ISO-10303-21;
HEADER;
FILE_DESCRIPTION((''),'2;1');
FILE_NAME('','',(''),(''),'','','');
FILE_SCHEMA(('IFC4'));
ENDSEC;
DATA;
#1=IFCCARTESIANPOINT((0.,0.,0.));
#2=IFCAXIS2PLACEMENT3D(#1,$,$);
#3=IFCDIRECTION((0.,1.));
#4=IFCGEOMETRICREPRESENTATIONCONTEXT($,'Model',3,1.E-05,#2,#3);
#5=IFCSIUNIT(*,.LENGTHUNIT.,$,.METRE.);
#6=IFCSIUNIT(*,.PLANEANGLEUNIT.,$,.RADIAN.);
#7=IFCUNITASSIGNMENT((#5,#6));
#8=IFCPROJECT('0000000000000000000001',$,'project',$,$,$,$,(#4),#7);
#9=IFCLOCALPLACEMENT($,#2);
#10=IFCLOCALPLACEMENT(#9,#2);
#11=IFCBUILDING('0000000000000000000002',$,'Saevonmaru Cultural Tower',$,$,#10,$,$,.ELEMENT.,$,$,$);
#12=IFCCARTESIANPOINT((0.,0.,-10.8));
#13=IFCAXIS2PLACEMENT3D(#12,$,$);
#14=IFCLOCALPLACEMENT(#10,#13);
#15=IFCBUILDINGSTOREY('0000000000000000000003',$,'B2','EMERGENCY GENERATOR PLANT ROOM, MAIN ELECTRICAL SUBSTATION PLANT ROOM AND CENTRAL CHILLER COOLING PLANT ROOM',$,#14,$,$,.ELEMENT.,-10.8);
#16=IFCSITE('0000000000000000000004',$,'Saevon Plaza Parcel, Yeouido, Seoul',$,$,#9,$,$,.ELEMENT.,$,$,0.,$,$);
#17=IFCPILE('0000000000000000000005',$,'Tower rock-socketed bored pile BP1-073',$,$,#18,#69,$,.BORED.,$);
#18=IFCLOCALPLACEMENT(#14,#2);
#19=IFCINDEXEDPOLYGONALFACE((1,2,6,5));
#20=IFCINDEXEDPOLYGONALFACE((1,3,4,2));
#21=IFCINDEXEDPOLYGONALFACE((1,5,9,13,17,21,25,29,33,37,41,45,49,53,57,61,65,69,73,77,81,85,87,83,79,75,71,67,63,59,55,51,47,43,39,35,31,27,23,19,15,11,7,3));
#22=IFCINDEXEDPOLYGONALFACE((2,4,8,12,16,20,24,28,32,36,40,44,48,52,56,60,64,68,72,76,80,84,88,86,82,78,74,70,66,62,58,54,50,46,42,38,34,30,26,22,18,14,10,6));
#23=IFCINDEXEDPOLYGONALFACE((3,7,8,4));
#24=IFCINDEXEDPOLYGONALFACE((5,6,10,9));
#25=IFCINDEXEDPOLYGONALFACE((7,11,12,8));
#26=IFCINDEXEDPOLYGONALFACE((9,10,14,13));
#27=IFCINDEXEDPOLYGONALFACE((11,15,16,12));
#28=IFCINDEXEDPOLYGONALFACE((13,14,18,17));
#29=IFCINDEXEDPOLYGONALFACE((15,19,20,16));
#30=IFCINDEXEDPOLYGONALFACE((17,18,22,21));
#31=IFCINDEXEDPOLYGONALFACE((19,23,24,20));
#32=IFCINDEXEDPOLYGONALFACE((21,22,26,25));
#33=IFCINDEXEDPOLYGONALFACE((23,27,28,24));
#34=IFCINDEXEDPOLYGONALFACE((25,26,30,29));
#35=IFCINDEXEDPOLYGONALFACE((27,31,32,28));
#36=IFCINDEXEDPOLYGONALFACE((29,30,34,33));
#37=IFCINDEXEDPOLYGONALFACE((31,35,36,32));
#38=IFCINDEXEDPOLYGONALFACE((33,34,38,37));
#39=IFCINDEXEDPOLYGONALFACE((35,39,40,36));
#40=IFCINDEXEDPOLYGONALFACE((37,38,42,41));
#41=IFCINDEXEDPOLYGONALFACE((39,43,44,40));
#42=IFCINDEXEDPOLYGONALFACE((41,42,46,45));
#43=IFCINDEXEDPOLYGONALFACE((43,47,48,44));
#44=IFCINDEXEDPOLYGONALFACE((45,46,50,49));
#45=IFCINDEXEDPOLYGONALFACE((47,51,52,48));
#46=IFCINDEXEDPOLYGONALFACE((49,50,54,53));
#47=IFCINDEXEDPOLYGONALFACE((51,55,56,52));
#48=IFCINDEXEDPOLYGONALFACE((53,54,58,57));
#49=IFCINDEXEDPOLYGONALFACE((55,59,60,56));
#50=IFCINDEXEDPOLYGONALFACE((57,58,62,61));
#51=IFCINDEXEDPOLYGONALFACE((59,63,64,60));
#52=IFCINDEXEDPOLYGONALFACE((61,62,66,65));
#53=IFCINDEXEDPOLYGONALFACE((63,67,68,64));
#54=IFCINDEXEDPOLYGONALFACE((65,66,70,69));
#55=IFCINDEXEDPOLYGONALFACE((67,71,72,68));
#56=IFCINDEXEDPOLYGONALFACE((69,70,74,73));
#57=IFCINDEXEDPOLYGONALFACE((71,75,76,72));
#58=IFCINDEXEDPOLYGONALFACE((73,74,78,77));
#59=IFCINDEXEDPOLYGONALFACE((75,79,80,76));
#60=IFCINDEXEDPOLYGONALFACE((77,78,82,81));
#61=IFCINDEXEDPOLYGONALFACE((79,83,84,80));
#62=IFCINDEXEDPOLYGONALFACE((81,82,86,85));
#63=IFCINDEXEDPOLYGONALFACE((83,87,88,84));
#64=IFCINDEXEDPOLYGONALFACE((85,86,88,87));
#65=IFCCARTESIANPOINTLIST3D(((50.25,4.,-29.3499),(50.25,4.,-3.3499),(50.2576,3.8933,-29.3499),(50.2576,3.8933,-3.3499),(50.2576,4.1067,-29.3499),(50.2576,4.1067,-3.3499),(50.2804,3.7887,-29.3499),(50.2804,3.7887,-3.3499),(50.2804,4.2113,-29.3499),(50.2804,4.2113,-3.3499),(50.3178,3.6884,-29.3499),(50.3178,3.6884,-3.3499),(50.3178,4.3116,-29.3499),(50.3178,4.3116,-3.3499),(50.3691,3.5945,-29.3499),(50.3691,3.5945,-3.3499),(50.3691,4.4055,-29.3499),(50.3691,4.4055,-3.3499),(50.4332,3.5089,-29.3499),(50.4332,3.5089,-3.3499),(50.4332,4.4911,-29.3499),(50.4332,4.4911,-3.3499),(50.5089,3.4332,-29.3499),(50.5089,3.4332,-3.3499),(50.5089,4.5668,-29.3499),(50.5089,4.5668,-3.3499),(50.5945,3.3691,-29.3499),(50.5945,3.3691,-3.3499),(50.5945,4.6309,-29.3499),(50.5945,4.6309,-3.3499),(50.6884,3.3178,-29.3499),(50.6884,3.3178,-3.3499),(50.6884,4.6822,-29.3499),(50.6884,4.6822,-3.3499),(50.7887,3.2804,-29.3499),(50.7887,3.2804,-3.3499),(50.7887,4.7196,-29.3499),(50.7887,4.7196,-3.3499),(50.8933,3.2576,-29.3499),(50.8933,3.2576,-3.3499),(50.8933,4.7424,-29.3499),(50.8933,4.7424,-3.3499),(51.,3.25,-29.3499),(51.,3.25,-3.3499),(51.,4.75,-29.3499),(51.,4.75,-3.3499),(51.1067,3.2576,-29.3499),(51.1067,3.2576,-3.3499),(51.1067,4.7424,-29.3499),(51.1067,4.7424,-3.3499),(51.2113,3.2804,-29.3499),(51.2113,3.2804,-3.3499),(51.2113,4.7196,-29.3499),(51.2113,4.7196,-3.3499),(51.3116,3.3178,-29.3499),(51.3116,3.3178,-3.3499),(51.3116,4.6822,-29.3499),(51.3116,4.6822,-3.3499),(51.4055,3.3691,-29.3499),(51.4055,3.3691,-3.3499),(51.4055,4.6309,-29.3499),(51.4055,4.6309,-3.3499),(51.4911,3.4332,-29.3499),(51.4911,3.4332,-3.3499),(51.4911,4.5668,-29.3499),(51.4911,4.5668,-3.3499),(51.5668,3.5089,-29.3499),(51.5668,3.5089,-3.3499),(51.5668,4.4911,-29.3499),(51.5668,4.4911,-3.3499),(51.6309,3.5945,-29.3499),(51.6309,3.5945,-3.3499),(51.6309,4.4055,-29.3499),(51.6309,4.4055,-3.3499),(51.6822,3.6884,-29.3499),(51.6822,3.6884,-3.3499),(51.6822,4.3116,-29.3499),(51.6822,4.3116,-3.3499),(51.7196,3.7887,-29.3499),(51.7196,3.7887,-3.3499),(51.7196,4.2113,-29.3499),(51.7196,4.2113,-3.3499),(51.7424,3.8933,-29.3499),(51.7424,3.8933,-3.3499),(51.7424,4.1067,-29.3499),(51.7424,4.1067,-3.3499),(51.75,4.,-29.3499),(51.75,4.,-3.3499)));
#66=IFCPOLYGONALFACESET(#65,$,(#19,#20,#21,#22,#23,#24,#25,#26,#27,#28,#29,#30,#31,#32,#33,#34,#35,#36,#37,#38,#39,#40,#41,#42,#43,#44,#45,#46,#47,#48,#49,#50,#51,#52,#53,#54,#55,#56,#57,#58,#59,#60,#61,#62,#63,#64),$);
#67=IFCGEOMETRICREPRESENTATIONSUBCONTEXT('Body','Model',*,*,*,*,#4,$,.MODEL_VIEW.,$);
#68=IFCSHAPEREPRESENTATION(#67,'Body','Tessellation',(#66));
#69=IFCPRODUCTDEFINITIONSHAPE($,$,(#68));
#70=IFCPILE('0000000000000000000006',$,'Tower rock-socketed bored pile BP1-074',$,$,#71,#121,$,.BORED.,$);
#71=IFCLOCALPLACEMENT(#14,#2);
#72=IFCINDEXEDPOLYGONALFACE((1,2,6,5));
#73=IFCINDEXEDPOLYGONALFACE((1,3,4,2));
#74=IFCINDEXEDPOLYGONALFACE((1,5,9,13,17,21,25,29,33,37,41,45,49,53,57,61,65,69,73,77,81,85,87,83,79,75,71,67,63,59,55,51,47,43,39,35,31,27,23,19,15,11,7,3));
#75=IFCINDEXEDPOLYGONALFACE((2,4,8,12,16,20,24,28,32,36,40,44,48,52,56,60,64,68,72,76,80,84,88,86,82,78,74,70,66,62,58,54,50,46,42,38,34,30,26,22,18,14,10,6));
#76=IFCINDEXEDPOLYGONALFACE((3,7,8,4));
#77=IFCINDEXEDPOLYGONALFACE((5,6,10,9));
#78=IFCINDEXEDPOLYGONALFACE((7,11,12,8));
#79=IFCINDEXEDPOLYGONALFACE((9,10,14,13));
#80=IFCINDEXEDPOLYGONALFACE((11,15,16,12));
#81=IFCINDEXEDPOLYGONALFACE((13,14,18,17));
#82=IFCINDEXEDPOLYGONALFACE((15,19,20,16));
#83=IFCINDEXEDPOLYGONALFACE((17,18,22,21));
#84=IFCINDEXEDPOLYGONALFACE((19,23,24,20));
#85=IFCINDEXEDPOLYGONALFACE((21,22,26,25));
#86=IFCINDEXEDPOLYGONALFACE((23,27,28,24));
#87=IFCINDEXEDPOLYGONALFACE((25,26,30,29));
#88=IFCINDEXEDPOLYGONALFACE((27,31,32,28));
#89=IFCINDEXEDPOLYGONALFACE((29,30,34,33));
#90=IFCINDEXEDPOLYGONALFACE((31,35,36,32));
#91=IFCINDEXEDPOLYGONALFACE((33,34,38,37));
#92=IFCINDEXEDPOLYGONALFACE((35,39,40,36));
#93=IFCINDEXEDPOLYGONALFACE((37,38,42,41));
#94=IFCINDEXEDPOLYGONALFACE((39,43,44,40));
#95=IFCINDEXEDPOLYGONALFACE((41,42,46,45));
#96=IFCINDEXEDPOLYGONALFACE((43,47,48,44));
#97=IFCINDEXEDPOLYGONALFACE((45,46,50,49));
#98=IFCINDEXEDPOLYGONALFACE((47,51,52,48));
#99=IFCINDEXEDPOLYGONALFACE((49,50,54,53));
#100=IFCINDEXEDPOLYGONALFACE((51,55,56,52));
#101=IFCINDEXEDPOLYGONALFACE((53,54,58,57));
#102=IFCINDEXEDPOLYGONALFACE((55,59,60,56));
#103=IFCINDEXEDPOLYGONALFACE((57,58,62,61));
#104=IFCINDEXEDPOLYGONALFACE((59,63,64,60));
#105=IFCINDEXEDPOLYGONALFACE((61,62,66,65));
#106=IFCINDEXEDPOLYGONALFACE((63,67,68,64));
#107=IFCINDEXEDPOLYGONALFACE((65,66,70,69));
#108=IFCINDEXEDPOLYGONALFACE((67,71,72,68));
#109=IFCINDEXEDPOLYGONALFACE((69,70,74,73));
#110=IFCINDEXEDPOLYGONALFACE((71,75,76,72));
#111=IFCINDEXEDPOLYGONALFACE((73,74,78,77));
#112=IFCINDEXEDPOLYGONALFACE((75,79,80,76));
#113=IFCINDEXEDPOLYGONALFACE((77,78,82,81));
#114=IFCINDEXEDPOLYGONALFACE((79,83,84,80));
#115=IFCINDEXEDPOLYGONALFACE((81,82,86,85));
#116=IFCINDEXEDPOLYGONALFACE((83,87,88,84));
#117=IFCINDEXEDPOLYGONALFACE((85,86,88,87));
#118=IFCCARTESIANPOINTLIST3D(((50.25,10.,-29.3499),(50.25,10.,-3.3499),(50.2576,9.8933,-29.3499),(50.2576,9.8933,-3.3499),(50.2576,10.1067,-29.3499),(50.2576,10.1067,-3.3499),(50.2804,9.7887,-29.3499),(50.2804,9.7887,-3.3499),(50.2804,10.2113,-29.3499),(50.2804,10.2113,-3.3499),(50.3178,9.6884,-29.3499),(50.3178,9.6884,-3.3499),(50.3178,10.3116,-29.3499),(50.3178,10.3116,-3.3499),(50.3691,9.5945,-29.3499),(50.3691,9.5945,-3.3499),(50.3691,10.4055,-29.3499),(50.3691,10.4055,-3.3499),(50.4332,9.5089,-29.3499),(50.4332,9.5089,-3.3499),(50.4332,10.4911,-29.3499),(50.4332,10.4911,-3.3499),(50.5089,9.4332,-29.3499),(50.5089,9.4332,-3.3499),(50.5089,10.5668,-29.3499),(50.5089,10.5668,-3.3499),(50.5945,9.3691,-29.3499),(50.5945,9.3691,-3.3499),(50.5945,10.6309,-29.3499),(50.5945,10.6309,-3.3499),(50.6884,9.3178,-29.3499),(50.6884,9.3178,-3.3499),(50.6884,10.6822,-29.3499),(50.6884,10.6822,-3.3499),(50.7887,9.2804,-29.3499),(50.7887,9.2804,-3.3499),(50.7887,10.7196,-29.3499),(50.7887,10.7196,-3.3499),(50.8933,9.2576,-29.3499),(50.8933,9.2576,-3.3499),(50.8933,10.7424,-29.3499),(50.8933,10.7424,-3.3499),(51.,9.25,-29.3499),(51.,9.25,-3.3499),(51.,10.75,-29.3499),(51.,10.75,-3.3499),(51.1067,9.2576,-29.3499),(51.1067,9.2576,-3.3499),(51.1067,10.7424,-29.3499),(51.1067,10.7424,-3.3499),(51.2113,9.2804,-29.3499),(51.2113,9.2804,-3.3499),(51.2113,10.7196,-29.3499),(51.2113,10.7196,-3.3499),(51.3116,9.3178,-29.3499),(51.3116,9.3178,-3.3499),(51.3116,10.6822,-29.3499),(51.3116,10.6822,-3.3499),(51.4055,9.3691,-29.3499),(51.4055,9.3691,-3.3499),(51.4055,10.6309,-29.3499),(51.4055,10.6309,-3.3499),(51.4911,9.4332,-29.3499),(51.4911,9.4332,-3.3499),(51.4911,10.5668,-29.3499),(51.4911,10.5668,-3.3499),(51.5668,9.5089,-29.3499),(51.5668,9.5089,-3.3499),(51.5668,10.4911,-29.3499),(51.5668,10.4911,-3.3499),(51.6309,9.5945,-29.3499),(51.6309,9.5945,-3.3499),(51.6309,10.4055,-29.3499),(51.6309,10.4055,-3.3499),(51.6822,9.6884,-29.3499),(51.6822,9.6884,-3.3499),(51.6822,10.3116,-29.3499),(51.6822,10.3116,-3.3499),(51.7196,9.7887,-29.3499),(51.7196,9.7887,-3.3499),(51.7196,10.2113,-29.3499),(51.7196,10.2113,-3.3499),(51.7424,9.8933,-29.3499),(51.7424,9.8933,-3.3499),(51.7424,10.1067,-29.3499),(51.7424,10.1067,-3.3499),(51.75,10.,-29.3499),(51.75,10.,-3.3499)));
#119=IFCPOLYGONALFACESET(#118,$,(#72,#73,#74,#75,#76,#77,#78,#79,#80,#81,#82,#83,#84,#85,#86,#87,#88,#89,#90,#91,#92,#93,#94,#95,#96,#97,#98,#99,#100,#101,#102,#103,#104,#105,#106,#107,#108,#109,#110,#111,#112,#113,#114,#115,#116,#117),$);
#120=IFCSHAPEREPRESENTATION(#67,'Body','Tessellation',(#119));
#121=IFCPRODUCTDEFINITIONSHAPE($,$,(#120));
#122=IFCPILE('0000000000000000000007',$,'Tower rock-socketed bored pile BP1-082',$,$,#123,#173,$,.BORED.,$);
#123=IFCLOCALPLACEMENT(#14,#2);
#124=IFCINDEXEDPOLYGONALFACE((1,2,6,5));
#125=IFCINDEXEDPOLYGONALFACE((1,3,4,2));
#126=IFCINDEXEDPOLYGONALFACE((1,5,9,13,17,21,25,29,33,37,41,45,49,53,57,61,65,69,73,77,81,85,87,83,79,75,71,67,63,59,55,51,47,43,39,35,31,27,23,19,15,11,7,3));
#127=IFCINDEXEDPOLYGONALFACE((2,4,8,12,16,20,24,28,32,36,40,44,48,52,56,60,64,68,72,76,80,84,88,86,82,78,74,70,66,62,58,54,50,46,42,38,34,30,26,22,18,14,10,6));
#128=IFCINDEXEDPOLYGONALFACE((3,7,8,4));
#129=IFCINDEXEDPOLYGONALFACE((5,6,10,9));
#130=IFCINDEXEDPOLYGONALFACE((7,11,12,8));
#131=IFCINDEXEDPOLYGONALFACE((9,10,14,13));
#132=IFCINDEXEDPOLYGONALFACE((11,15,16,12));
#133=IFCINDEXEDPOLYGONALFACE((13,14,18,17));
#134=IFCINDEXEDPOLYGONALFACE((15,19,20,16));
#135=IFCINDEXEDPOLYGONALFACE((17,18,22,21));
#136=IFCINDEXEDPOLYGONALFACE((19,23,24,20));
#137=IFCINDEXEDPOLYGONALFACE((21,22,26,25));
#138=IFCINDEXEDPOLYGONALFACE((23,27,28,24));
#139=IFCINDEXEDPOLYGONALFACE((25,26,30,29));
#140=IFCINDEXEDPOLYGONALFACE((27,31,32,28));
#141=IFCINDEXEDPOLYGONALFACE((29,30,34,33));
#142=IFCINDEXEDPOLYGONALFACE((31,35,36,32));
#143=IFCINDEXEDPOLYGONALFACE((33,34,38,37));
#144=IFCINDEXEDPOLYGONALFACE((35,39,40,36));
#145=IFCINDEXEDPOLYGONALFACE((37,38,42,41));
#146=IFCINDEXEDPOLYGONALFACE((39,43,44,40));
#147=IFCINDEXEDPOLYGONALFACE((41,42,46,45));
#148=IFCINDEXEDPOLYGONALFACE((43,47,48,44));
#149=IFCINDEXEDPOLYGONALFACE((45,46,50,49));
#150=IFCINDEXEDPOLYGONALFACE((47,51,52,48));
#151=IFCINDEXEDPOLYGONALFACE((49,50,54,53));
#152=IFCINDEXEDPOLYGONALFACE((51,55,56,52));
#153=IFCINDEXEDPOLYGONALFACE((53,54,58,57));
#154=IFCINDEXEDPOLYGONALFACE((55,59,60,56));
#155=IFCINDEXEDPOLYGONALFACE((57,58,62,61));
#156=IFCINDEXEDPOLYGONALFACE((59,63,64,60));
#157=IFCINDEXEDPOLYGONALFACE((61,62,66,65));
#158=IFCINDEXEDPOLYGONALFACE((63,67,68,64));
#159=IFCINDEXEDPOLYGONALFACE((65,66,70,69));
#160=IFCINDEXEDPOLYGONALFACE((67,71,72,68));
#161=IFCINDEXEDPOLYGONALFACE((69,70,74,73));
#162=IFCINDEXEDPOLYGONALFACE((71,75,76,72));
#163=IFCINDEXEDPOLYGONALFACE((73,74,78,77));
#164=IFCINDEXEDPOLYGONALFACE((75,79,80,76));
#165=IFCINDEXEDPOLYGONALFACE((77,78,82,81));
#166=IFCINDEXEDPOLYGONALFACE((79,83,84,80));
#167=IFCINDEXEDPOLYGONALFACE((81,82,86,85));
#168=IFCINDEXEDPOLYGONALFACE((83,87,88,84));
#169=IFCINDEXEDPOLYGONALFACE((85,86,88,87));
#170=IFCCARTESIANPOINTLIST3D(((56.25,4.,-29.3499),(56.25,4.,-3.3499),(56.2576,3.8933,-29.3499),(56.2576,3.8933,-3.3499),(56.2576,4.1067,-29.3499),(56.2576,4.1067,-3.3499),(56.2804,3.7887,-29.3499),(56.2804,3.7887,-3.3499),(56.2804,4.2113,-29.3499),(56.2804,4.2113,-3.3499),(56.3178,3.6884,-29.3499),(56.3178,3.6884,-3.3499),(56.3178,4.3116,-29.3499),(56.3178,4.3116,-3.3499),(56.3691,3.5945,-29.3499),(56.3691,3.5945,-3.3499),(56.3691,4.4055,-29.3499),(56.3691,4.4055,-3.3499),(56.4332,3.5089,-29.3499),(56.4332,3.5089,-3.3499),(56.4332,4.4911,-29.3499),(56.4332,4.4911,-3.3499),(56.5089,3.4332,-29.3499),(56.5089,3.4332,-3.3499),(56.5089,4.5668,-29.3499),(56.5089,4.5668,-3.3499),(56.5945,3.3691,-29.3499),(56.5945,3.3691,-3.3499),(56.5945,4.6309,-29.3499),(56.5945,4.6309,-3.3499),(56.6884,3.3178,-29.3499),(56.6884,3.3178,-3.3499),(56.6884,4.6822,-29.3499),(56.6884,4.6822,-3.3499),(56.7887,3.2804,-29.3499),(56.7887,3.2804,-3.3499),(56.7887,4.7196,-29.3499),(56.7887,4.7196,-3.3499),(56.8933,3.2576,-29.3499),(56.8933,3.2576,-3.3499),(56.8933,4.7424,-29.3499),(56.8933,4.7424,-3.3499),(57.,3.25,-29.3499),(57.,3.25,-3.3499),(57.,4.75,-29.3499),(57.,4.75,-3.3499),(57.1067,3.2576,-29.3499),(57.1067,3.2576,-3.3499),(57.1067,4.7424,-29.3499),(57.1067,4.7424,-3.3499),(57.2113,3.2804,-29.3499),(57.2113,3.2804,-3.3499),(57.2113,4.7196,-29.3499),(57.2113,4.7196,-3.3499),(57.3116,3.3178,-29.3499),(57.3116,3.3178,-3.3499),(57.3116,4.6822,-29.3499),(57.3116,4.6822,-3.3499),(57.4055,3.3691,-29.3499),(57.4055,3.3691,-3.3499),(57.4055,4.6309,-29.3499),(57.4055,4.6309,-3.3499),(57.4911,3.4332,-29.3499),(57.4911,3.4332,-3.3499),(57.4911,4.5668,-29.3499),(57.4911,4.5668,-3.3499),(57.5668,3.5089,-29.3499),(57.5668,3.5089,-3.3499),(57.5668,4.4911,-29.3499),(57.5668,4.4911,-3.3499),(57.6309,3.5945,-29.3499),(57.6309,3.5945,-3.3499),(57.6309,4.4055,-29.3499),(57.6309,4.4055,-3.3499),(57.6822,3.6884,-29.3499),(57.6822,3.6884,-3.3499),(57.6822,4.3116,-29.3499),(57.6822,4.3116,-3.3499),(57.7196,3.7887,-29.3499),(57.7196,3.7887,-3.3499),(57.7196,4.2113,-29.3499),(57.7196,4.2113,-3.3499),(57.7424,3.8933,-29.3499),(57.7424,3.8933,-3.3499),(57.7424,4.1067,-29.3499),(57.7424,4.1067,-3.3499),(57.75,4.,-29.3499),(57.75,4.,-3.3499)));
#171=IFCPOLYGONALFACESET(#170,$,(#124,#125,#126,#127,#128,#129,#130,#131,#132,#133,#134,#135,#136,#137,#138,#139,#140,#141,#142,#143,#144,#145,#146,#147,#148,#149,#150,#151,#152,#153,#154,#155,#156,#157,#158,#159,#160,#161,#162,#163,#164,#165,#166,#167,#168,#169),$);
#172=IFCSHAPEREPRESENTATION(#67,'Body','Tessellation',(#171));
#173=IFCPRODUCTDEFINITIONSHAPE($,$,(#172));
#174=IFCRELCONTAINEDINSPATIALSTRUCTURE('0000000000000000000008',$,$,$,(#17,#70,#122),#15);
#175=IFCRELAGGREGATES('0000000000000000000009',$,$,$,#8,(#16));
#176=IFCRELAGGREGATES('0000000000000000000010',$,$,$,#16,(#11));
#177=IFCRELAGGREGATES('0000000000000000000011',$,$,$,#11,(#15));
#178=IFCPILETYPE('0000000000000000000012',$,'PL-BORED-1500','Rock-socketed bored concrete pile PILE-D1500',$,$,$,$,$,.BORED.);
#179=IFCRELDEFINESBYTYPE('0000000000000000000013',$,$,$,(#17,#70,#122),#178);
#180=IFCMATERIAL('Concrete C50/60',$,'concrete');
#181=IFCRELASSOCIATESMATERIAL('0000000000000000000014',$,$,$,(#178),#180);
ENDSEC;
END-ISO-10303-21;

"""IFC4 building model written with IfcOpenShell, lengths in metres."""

from ifc_helpers import new_model, si_unit, direction, frame, origin, origin_2d, place, context, subcontext, project, spatial, circle, extrude, material, material_profile, profile_set, type_object, element, save


model = new_model("IFC4")

# Units and contexts
model_context = context("Model", 3, precision=1e-05, world=origin(), true_north=direction((0.0, 1.0)))
body_context = subcontext(model_context, "Body", "Model", "MODEL_VIEW")
ifc_project = project(units=[si_unit("LENGTHUNIT", "METRE"), si_unit("PLANEANGLEUNIT", "RADIAN")], contexts=[model_context])

# Site, building, storey
site_placement = place(None, origin())
site = spatial("IfcSite", under=ifc_project, at=site_placement, Name="Saevon Plaza Parcel, Yeouido, Seoul", CompositionType="ELEMENT", RefElevation=0.0)
building_placement = place(site_placement, origin())
building = spatial("IfcBuilding", under=site, at=building_placement, Name="Saevonmaru Cultural Tower", CompositionType="ELEMENT")
storey_placement = place(building_placement, frame((0.0, 0.0, -10.8)))
storey = spatial("IfcBuildingStorey", under=building, at=storey_placement, Name="B2", Description="EMERGENCY GENERATOR PLANT ROOM, MAIN ELECTRICAL SUBSTATION PLANT ROOM AND CENTRAL CHILLER COOLING PLANT ROOM", CompositionType="ELEMENT", Elevation=-10.8)

# Piles
ifc_material_1 = material(Name="Concrete C50/60", Category="concrete")
ifc_material_profile_1 = material_profile(ifc_material_1, circle(Radius=0.75, at=origin_2d()), Name="PILE-D1500")
ifc_profile_set_1 = profile_set([ifc_material_profile_1], Name="Concrete C50/60")
pile_type = type_object("IfcPileType", Name="PL-BORED-1500", Description="Rock-socketed bored concrete pile PILE-D1500", PredefinedType="BORED", material=ifc_profile_set_1)
for number, where, z_axis, x_axis, name in (
    (1, (51.0, 4.0, -3.3499), (0.0, 0.0, -1.0), (1.0, 0.0, 0.0), "Tower rock-socketed bored pile BP1-073"),
    (2, (51.0, 10.0, -3.3499), (0.0, 0.0, -1.0), (1.0, 0.0, 0.0), "Tower rock-socketed bored pile BP1-074"),
    (3, (57.0, 4.0, -3.3499), (0.0, 0.0, -1.0), (1.0, 0.0, 0.0), "Tower rock-socketed bored pile BP1-082"),
):
    element("IfcPile", number, at=place(storey_placement, frame(where, z_axis=z_axis, x_axis=x_axis)), inside=storey, type_object=pile_type, Name=name, PredefinedType="BORED", context=body_context, shape_type="SweptSolid", body=[
        extrude(circle(Radius=0.75, at=origin_2d()), origin(), (0.0, 0.0, 1.0), 26.0),
    ])

save(model, "model.ifc")
